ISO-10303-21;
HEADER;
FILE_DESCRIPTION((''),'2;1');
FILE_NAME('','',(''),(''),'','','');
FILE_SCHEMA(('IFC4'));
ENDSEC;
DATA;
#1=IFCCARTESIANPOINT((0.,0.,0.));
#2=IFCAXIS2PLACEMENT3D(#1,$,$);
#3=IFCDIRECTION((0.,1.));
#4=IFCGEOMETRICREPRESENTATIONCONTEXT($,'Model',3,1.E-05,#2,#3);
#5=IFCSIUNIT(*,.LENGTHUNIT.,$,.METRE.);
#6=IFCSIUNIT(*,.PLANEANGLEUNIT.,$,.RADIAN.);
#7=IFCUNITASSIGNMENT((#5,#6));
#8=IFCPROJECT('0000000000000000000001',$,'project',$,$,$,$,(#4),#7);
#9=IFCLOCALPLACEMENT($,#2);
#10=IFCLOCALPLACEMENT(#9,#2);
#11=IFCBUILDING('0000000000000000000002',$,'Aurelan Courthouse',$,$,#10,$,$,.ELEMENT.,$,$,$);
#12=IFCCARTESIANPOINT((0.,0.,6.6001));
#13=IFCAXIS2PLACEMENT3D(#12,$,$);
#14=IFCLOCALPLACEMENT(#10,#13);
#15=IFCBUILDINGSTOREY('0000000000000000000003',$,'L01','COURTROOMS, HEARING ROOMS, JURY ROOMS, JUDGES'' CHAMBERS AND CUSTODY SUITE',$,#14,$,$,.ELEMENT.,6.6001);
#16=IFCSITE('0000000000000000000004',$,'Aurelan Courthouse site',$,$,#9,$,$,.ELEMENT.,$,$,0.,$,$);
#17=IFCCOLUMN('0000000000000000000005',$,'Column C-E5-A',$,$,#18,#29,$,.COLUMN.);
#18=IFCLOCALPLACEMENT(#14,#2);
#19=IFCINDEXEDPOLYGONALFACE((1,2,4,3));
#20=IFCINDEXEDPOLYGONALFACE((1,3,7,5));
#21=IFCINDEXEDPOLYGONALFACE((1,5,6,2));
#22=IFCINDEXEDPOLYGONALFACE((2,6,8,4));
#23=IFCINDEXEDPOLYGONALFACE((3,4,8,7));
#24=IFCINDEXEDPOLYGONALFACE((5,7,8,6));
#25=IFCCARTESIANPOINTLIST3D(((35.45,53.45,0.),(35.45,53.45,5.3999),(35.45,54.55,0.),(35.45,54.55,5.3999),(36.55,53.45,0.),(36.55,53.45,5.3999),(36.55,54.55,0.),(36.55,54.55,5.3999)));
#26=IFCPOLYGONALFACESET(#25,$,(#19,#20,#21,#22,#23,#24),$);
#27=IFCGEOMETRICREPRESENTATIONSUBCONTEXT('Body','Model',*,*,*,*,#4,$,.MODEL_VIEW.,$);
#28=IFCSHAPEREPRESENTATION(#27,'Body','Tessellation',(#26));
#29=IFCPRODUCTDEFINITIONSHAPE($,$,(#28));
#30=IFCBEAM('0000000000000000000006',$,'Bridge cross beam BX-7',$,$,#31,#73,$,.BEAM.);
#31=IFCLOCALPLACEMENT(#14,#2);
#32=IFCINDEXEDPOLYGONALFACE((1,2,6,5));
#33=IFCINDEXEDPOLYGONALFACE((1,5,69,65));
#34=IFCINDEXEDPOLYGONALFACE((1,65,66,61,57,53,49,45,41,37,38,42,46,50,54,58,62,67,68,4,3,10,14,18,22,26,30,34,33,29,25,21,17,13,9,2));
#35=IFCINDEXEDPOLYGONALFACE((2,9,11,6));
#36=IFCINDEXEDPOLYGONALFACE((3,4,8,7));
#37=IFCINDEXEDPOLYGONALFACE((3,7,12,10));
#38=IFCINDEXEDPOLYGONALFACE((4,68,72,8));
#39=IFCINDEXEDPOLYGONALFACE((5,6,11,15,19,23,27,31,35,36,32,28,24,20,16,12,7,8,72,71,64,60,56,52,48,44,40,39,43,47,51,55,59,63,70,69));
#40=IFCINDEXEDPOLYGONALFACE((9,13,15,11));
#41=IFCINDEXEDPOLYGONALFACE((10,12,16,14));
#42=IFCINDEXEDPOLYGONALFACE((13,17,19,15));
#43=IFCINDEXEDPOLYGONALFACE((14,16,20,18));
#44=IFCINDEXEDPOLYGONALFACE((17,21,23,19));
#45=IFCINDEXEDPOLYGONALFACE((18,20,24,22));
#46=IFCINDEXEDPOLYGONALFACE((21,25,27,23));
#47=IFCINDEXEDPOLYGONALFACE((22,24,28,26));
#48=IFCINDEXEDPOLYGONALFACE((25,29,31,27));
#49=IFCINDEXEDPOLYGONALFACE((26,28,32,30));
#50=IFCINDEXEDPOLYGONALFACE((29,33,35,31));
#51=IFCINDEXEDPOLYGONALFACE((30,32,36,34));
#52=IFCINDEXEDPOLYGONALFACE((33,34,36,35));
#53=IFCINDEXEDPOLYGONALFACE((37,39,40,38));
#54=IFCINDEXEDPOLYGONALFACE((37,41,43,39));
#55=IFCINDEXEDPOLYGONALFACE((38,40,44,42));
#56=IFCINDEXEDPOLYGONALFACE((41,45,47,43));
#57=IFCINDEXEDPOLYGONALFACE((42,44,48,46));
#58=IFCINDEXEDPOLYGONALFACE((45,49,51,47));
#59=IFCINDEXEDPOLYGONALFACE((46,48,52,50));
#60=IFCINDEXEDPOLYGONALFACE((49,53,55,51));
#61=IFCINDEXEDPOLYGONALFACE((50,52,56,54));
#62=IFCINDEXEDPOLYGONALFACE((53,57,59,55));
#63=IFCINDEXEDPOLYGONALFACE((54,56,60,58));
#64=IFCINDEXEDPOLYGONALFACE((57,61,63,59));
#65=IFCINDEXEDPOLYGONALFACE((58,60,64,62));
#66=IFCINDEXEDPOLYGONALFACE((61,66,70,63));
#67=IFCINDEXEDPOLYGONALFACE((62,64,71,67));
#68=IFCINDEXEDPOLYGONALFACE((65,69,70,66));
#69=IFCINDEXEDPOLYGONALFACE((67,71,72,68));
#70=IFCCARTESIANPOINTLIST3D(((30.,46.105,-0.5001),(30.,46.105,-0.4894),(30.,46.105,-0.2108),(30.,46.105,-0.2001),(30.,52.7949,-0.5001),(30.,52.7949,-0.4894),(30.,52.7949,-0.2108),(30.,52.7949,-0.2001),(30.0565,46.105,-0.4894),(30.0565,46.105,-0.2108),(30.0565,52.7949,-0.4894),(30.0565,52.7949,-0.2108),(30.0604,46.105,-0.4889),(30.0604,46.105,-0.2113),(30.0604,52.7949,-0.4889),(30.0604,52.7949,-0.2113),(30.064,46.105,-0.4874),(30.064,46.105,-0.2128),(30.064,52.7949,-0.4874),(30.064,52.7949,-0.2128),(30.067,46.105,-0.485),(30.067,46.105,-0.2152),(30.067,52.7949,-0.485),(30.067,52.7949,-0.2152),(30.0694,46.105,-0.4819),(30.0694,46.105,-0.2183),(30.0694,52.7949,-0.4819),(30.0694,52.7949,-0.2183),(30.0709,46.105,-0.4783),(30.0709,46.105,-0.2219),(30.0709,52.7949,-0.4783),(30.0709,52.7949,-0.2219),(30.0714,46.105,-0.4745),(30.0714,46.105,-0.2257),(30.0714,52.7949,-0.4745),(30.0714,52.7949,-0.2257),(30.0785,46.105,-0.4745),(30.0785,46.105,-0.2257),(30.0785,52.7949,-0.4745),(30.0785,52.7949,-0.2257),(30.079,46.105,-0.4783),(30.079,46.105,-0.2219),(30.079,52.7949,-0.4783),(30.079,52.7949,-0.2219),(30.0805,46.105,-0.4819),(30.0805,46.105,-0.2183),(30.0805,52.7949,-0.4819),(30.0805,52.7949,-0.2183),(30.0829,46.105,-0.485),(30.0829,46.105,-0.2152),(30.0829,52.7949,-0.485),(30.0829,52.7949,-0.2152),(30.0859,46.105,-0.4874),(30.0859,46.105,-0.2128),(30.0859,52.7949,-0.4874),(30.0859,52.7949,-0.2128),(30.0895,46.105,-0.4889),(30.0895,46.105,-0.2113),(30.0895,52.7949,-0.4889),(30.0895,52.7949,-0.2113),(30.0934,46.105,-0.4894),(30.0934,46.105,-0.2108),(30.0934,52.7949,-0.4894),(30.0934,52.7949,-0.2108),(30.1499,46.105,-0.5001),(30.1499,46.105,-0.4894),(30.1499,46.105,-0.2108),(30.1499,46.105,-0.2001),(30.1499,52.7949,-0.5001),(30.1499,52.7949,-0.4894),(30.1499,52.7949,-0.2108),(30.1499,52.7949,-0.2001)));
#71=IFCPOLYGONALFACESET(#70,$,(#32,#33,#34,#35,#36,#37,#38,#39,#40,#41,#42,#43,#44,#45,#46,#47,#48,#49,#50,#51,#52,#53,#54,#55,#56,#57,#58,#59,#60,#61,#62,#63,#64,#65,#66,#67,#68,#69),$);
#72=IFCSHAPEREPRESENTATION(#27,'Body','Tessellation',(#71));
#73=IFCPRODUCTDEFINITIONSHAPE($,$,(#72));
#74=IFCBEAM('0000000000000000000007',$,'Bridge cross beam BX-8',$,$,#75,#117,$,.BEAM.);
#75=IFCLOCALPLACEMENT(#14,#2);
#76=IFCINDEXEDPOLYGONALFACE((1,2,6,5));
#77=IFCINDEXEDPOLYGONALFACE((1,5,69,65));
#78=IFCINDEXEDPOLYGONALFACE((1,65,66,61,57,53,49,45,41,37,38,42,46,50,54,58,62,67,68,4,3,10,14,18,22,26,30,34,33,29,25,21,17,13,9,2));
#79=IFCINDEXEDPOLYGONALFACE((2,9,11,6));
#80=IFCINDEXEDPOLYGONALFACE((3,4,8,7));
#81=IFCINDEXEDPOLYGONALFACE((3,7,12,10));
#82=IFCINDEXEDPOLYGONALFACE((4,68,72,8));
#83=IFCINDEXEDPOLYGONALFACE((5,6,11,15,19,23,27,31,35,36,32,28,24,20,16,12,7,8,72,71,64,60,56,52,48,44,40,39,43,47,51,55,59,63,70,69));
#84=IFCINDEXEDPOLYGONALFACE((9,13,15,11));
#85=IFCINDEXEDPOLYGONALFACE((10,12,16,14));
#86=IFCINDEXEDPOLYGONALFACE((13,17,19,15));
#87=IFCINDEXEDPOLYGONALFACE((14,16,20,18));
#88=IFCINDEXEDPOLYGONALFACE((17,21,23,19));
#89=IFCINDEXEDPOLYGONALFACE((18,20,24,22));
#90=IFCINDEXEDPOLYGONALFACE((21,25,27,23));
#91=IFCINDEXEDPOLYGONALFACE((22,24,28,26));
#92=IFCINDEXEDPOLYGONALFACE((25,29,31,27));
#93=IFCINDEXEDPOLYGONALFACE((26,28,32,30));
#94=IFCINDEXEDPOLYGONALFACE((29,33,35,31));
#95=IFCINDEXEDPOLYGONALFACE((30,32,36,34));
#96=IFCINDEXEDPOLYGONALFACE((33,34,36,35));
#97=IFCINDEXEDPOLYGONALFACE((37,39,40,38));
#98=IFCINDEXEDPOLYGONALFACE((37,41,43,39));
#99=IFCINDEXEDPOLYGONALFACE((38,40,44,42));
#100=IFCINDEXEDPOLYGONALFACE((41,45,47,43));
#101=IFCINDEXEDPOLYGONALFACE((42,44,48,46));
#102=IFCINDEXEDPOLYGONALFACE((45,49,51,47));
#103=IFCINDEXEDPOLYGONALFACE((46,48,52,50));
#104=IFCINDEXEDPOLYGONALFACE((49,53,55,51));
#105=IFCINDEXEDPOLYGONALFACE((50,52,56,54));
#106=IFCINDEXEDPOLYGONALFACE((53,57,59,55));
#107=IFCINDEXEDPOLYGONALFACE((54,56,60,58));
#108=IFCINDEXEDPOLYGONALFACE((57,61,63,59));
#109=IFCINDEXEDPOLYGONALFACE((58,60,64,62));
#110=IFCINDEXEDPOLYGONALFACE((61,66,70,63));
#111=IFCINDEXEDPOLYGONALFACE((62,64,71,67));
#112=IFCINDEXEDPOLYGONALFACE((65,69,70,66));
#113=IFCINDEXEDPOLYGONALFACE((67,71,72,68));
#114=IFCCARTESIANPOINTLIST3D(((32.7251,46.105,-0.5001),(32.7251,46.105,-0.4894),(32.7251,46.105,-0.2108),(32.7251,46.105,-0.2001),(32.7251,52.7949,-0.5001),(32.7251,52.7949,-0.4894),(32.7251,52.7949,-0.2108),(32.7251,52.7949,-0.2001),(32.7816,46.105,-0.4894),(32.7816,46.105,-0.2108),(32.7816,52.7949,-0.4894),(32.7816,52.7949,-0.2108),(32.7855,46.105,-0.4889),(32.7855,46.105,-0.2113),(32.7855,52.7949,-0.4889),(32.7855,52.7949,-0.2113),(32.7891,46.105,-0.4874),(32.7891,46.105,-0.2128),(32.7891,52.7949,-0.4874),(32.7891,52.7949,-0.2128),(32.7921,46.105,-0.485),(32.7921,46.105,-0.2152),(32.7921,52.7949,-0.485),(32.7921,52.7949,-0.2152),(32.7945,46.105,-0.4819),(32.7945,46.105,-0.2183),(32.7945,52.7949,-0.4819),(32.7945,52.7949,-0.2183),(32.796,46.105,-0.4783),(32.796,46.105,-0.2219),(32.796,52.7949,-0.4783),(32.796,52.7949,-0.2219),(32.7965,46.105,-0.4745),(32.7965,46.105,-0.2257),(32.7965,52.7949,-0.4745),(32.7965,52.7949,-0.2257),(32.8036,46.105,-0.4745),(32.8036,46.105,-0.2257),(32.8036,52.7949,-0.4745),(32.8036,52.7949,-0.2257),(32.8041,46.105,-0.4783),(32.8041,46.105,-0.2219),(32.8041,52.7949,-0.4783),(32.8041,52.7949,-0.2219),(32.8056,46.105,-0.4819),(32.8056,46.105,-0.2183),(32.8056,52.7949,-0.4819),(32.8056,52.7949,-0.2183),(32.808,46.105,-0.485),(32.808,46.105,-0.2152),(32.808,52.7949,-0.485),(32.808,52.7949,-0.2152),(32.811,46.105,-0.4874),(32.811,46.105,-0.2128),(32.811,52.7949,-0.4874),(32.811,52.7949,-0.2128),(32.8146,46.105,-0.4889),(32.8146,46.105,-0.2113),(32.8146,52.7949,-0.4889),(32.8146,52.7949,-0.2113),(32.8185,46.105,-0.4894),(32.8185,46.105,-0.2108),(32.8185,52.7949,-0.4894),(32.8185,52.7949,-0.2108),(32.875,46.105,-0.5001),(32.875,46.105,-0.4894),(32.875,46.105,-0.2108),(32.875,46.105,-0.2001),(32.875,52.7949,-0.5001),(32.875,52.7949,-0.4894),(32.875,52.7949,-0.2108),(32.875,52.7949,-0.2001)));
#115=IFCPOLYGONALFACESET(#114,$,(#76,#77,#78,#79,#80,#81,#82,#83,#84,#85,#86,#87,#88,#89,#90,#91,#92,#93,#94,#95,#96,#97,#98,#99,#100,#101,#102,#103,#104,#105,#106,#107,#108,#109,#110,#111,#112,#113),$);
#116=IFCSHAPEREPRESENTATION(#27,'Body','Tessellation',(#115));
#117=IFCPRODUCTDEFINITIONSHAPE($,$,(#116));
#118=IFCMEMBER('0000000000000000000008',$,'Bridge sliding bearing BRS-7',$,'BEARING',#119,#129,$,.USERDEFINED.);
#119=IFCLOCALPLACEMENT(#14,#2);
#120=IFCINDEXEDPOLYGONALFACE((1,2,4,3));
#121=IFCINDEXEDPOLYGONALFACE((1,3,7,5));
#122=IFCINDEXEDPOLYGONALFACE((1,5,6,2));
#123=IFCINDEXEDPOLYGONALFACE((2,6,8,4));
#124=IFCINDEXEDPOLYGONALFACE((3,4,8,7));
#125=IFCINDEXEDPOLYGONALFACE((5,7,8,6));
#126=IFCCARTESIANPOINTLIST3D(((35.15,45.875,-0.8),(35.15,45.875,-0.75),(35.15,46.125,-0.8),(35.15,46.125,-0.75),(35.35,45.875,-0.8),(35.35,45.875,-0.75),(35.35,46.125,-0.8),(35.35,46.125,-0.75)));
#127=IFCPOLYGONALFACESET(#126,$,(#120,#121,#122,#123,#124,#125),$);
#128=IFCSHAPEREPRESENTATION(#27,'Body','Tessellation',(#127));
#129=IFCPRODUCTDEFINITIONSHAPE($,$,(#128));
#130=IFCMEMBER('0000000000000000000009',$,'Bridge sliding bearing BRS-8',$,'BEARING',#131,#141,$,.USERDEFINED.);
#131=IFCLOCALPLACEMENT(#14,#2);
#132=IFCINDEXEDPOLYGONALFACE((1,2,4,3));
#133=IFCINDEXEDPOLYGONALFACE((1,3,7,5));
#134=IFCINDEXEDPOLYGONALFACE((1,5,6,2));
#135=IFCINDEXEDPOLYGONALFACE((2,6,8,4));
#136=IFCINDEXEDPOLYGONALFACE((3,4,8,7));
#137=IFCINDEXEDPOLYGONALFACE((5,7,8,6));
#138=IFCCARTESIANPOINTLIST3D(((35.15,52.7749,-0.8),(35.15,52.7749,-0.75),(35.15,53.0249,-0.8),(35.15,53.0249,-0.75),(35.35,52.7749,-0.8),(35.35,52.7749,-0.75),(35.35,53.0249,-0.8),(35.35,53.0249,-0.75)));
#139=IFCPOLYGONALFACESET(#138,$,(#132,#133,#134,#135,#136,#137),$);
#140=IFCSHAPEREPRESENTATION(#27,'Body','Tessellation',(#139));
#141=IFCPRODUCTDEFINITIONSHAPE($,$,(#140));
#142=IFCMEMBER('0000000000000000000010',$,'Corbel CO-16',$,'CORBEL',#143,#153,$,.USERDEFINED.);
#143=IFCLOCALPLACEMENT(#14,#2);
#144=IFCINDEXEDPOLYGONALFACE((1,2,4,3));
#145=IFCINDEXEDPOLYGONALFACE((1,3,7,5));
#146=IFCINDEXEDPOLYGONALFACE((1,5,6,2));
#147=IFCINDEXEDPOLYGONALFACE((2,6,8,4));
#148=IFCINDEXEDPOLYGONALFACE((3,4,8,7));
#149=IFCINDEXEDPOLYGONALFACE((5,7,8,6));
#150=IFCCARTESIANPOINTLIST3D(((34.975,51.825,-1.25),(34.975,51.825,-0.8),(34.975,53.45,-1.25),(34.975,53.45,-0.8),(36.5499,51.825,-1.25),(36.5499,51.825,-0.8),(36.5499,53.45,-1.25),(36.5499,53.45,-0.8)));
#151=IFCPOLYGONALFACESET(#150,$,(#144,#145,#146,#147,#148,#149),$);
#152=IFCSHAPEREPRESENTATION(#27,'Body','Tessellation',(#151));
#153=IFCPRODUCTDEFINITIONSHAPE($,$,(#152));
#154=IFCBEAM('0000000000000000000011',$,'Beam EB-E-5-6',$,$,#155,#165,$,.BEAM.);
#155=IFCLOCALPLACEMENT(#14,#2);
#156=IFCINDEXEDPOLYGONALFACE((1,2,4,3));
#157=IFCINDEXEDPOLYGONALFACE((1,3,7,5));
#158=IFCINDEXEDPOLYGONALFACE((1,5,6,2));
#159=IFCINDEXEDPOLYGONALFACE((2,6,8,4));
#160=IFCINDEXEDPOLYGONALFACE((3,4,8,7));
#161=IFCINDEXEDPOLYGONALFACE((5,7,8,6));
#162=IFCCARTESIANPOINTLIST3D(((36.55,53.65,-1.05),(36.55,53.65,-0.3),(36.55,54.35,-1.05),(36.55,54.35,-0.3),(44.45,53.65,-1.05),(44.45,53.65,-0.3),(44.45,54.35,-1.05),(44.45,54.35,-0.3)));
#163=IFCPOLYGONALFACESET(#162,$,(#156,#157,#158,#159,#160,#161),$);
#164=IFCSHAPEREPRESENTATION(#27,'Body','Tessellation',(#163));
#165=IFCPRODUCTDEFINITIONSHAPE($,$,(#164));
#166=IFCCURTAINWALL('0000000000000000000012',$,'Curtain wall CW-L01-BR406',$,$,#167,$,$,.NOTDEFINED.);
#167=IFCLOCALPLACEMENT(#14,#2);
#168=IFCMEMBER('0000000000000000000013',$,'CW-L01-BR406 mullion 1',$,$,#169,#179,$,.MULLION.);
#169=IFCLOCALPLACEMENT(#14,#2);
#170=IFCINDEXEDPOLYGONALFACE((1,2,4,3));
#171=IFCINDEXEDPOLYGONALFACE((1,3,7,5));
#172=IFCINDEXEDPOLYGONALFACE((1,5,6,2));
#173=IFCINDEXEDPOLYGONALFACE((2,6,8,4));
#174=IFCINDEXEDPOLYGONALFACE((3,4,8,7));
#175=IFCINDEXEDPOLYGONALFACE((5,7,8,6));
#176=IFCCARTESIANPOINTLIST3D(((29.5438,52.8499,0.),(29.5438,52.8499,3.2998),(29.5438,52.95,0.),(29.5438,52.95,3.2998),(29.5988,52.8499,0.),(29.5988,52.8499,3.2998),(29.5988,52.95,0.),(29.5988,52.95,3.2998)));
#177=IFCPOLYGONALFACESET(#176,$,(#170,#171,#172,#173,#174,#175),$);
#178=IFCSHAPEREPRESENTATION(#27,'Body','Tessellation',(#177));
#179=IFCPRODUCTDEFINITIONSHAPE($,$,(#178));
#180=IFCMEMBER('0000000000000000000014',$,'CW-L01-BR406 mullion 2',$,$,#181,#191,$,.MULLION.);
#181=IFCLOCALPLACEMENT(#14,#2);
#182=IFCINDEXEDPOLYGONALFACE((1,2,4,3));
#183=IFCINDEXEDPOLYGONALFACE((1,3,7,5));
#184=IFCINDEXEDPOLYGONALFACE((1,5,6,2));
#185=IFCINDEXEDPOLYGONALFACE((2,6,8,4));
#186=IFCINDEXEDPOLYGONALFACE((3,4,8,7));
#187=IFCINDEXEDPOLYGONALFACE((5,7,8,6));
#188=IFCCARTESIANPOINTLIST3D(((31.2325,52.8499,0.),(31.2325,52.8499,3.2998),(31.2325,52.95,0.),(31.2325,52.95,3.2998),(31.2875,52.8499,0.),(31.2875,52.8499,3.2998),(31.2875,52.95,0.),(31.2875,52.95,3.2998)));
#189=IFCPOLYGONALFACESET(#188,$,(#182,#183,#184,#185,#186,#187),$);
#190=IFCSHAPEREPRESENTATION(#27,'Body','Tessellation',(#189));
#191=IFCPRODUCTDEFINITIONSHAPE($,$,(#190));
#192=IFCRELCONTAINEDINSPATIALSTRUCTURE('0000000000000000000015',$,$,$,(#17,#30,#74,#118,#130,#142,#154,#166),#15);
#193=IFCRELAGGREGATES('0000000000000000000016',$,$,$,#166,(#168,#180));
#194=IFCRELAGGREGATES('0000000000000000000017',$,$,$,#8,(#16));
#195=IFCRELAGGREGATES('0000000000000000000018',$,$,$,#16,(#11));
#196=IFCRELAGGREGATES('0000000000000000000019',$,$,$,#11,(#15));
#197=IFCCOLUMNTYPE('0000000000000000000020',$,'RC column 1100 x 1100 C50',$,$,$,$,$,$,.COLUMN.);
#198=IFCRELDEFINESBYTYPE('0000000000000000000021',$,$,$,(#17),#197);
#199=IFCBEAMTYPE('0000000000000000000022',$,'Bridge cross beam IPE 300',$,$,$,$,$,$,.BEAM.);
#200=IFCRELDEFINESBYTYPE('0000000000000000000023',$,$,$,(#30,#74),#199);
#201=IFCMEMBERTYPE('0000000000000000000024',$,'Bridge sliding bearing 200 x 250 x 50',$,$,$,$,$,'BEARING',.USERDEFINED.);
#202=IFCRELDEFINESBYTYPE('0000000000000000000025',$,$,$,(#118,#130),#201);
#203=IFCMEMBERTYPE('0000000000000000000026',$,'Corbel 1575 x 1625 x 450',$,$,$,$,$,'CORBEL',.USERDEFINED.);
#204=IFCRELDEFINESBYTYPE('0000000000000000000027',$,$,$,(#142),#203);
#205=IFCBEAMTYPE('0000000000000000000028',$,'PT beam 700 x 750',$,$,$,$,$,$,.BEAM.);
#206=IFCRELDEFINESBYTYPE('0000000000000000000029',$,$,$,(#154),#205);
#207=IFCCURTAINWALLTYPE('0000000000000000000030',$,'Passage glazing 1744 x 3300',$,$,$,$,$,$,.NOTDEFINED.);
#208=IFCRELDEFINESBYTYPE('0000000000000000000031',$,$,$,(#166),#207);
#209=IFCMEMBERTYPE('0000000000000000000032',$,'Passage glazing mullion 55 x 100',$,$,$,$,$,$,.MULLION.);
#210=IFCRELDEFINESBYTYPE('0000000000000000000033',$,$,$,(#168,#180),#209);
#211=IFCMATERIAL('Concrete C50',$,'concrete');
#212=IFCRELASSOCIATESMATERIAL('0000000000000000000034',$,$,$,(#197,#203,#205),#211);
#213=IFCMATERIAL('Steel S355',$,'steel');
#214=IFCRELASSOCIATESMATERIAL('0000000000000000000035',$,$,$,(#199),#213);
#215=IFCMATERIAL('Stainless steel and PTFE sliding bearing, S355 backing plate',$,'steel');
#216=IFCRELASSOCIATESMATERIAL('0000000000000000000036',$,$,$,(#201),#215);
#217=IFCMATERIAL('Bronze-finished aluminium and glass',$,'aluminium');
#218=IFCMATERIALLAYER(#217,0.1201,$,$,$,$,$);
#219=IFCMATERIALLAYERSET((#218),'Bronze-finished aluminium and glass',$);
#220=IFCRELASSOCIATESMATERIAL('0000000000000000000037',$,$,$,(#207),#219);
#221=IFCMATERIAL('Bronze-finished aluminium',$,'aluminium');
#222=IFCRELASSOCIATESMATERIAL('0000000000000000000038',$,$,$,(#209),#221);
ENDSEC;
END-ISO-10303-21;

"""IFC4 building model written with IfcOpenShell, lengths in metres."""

from ifc_helpers import new_model, si_unit, direction, frame, origin, origin_2d, place, context, subcontext, project, spatial, rectangle, i_section, extrude, material, layer, layer_set, material_profile, profile_set, type_object, element, aggregate, save


model = new_model("IFC4")

# Units and contexts
model_context = context("Model", 3, precision=1e-05, world=origin(), true_north=direction((0.0, 1.0)))
body_context = subcontext(model_context, "Body", "Model", "MODEL_VIEW")
ifc_project = project(units=[si_unit("LENGTHUNIT", "METRE"), si_unit("PLANEANGLEUNIT", "RADIAN")], contexts=[model_context])

# Site, building, storey
site_placement = place(None, origin())
site = spatial("IfcSite", under=ifc_project, at=site_placement, Name="Aurelan Courthouse site", CompositionType="ELEMENT", RefElevation=0.0)
building_placement = place(site_placement, origin())
building = spatial("IfcBuilding", under=site, at=building_placement, Name="Aurelan Courthouse", CompositionType="ELEMENT")
storey_placement = place(building_placement, frame((0.0, 0.0, 6.6001)))
storey = spatial("IfcBuildingStorey", under=building, at=storey_placement, Name="L01", Description="COURTROOMS, HEARING ROOMS, JURY ROOMS, JUDGES' CHAMBERS AND CUSTODY SUITE", CompositionType="ELEMENT", Elevation=6.6001)

# Column
ifc_material_1 = material(Name="Concrete C50", Category="concrete")
ifc_material_profile_1 = material_profile(ifc_material_1, rectangle(XDim=1.1001, YDim=1.1001, at=origin_2d()), Name="RC 1100 x 1100")
ifc_profile_set_1 = profile_set([ifc_material_profile_1], Name="Concrete C50")
column_type = type_object("IfcColumnType", Name="RC column 1100 x 1100 C50", PredefinedType="COLUMN", material=ifc_profile_set_1)
column_placement = place(storey_placement, frame((36.0, 54.0, 0.0), z_axis=(0.0, 0.0, 1.0), x_axis=(1.0, 0.0, 0.0)))
element("IfcColumn", 1, at=column_placement, inside=storey, type_object=column_type, Name="Column C-E5-A", PredefinedType="COLUMN", context=body_context, shape_type="SweptSolid", body=[
    extrude(rectangle(XDim=1.1001, YDim=1.1001, at=origin_2d()), origin(), (0.0, 0.0, 1.0), 5.3999),
])

# Beams
ifc_material_2 = material(Name="Steel S355", Category="steel")
ifc_material_profile_2 = material_profile(ifc_material_2, i_section(OverallWidth=0.1499, OverallDepth=0.3, WebThickness=0.0071, FlangeThickness=0.0107, FilletRadius=0.0149, at=origin_2d()), Name="IPE 300")
ifc_profile_set_2 = profile_set([ifc_material_profile_2], Name="Steel S355")
beam_type_1 = type_object("IfcBeamType", Name="Bridge cross beam IPE 300", PredefinedType="BEAM", material=ifc_profile_set_2)
for number, where, z_axis, x_axis, name in (
    (2, (30.075, 46.105, -0.3501), (0.0, 1.0, 0.0), (-1.0, 0.0, 0.0), "Bridge cross beam BX-7"),
    (3, (32.8, 46.105, -0.3501), (0.0, 1.0, 0.0), (-1.0, 0.0, 0.0), "Bridge cross beam BX-8"),
):
    element("IfcBeam", number, at=place(storey_placement, frame(where, z_axis=z_axis, x_axis=x_axis)), inside=storey, type_object=beam_type_1, Name=name, PredefinedType="BEAM", context=body_context, shape_type="SweptSolid", body=[
        extrude(i_section(OverallWidth=0.1499, OverallDepth=0.3, WebThickness=0.0071, FlangeThickness=0.0107, FilletRadius=0.0149, at=origin_2d()), origin(), (0.0, 0.0, 1.0), 6.6899),
    ])

# Members
ifc_material_3 = material(Name="Stainless steel and PTFE sliding bearing, S355 backing plate", Category="steel")
ifc_material_profile_3 = material_profile(ifc_material_3, rectangle(XDim=0.2, YDim=0.25, at=origin_2d()), Name="PL 200 x 250")
ifc_profile_set_3 = profile_set([ifc_material_profile_3], Name="Stainless steel and PTFE sliding bearing, S355 backing plate")
member_type_1 = type_object("IfcMemberType", Name="Bridge sliding bearing 200 x 250 x 50", ElementType="BEARING", PredefinedType="USERDEFINED", material=ifc_profile_set_3)
for number, where, z_axis, x_axis, name in (
    (4, (35.25, 46.0, -0.8), (0.0, 0.0, 1.0), (1.0, 0.0, 0.0), "Bridge sliding bearing BRS-7"),
    (5, (35.25, 52.8999, -0.8), (0.0, 0.0, 1.0), (1.0, 0.0, 0.0), "Bridge sliding bearing BRS-8"),
):
    element("IfcMember", number, at=place(storey_placement, frame(where, z_axis=z_axis, x_axis=x_axis)), inside=storey, type_object=member_type_1, Name=name, ObjectType="BEARING", PredefinedType="USERDEFINED", context=body_context, shape_type="SweptSolid", body=[
        extrude(rectangle(XDim=0.2, YDim=0.25, at=origin_2d()), origin(), (0.0, 0.0, 1.0), 0.05),
    ])
member_type_2 = type_object("IfcMemberType", Name="Corbel 1575 x 1625 x 450", ElementType="CORBEL", PredefinedType="USERDEFINED", material=ifc_material_1)
member_1_placement = place(storey_placement, frame((35.7625, 52.6375, -1.25), z_axis=(0.0, 0.0, 1.0), x_axis=(1.0, 0.0, 0.0)))
element("IfcMember", 6, at=member_1_placement, inside=storey, type_object=member_type_2, Name="Corbel CO-16", ObjectType="CORBEL", PredefinedType="USERDEFINED", context=body_context, shape_type="SweptSolid", body=[
    extrude(rectangle(XDim=1.575, YDim=1.625, at=origin_2d()), origin(), (0.0, 0.0, 1.0), 0.45),
])

# Beam
ifc_material_profile_4 = material_profile(ifc_material_1, rectangle(XDim=0.7, YDim=0.75, at=origin_2d()), Name="RC 700 x 750")
ifc_profile_set_4 = profile_set([ifc_material_profile_4], Name="Concrete C50")
beam_type_2 = type_object("IfcBeamType", Name="PT beam 700 x 750", PredefinedType="BEAM", material=ifc_profile_set_4)
beam_placement = place(storey_placement, frame((36.55, 54.0, -0.675), z_axis=(1.0, 0.0, 0.0), x_axis=(0.0, 1.0, 0.0)))
element("IfcBeam", 7, at=beam_placement, inside=storey, type_object=beam_type_2, Name="Beam EB-E-5-6", PredefinedType="BEAM", context=body_context, shape_type="SweptSolid", body=[
    extrude(rectangle(XDim=0.7, YDim=0.75, at=origin_2d()), origin(), (0.0, 0.0, 1.0), 7.8999),
])

# Curtain wall, members
ifc_material_4 = material(Name="Bronze-finished aluminium and glass", Category="aluminium")
ifc_layer_1 = layer(ifc_material_4, 0.1201)
ifc_layer_set_1 = layer_set([ifc_layer_1], Name="Bronze-finished aluminium and glass")
curtain_wall_type_1 = type_object("IfcCurtainWallType", Name="Passage glazing 1744 x 3300", PredefinedType="NOTDEFINED", material=ifc_layer_set_1)
curtain_wall_1_placement = place(storey_placement, origin())
curtain_wall_1 = element("IfcCurtainWall", 8, at=curtain_wall_1_placement, inside=storey, type_object=curtain_wall_type_1, Name="Curtain wall CW-L01-BR406", PredefinedType="NOTDEFINED")
ifc_material_5 = material(Name="Bronze-finished aluminium", Category="aluminium")
ifc_material_profile_5 = material_profile(ifc_material_5, rectangle(XDim=0.1001, YDim=0.0549, at=origin_2d()), Name="Passage glazing mullion 55 x 100")
ifc_profile_set_5 = profile_set([ifc_material_profile_5], Name="Bronze-finished aluminium")
member_type_3 = type_object("IfcMemberType", Name="Passage glazing mullion 55 x 100", PredefinedType="MULLION", material=ifc_profile_set_5)
member_2_placement = place(storey_placement, frame((29.5713, 52.8999, 0.0), z_axis=(0.0, 0.0, 1.0), x_axis=(0.0, 1.0, 0.0)))
member_2 = element("IfcMember", 9, at=member_2_placement, type_object=member_type_3, Name="CW-L01-BR406 mullion 1", PredefinedType="MULLION", context=body_context, shape_type="SweptSolid", body=[
    extrude(rectangle(XDim=0.1001, YDim=0.0549, at=origin_2d()), origin(), (0.0, 0.0, 1.0), 3.2998),
])
member_3_placement = place(storey_placement, frame((31.26, 52.8999, 0.0), z_axis=(0.0, 0.0, 1.0), x_axis=(0.0, 1.0, 0.0)))
member_3 = element("IfcMember", 10, at=member_3_placement, type_object=member_type_3, Name="CW-L01-BR406 mullion 2", PredefinedType="MULLION", context=body_context, shape_type="SweptSolid", body=[
    extrude(rectangle(XDim=0.1001, YDim=0.0549, at=origin_2d()), origin(), (0.0, 0.0, 1.0), 3.2998),
])

aggregate(curtain_wall_1, [member_2, member_3])

save(model, "model.ifc")
